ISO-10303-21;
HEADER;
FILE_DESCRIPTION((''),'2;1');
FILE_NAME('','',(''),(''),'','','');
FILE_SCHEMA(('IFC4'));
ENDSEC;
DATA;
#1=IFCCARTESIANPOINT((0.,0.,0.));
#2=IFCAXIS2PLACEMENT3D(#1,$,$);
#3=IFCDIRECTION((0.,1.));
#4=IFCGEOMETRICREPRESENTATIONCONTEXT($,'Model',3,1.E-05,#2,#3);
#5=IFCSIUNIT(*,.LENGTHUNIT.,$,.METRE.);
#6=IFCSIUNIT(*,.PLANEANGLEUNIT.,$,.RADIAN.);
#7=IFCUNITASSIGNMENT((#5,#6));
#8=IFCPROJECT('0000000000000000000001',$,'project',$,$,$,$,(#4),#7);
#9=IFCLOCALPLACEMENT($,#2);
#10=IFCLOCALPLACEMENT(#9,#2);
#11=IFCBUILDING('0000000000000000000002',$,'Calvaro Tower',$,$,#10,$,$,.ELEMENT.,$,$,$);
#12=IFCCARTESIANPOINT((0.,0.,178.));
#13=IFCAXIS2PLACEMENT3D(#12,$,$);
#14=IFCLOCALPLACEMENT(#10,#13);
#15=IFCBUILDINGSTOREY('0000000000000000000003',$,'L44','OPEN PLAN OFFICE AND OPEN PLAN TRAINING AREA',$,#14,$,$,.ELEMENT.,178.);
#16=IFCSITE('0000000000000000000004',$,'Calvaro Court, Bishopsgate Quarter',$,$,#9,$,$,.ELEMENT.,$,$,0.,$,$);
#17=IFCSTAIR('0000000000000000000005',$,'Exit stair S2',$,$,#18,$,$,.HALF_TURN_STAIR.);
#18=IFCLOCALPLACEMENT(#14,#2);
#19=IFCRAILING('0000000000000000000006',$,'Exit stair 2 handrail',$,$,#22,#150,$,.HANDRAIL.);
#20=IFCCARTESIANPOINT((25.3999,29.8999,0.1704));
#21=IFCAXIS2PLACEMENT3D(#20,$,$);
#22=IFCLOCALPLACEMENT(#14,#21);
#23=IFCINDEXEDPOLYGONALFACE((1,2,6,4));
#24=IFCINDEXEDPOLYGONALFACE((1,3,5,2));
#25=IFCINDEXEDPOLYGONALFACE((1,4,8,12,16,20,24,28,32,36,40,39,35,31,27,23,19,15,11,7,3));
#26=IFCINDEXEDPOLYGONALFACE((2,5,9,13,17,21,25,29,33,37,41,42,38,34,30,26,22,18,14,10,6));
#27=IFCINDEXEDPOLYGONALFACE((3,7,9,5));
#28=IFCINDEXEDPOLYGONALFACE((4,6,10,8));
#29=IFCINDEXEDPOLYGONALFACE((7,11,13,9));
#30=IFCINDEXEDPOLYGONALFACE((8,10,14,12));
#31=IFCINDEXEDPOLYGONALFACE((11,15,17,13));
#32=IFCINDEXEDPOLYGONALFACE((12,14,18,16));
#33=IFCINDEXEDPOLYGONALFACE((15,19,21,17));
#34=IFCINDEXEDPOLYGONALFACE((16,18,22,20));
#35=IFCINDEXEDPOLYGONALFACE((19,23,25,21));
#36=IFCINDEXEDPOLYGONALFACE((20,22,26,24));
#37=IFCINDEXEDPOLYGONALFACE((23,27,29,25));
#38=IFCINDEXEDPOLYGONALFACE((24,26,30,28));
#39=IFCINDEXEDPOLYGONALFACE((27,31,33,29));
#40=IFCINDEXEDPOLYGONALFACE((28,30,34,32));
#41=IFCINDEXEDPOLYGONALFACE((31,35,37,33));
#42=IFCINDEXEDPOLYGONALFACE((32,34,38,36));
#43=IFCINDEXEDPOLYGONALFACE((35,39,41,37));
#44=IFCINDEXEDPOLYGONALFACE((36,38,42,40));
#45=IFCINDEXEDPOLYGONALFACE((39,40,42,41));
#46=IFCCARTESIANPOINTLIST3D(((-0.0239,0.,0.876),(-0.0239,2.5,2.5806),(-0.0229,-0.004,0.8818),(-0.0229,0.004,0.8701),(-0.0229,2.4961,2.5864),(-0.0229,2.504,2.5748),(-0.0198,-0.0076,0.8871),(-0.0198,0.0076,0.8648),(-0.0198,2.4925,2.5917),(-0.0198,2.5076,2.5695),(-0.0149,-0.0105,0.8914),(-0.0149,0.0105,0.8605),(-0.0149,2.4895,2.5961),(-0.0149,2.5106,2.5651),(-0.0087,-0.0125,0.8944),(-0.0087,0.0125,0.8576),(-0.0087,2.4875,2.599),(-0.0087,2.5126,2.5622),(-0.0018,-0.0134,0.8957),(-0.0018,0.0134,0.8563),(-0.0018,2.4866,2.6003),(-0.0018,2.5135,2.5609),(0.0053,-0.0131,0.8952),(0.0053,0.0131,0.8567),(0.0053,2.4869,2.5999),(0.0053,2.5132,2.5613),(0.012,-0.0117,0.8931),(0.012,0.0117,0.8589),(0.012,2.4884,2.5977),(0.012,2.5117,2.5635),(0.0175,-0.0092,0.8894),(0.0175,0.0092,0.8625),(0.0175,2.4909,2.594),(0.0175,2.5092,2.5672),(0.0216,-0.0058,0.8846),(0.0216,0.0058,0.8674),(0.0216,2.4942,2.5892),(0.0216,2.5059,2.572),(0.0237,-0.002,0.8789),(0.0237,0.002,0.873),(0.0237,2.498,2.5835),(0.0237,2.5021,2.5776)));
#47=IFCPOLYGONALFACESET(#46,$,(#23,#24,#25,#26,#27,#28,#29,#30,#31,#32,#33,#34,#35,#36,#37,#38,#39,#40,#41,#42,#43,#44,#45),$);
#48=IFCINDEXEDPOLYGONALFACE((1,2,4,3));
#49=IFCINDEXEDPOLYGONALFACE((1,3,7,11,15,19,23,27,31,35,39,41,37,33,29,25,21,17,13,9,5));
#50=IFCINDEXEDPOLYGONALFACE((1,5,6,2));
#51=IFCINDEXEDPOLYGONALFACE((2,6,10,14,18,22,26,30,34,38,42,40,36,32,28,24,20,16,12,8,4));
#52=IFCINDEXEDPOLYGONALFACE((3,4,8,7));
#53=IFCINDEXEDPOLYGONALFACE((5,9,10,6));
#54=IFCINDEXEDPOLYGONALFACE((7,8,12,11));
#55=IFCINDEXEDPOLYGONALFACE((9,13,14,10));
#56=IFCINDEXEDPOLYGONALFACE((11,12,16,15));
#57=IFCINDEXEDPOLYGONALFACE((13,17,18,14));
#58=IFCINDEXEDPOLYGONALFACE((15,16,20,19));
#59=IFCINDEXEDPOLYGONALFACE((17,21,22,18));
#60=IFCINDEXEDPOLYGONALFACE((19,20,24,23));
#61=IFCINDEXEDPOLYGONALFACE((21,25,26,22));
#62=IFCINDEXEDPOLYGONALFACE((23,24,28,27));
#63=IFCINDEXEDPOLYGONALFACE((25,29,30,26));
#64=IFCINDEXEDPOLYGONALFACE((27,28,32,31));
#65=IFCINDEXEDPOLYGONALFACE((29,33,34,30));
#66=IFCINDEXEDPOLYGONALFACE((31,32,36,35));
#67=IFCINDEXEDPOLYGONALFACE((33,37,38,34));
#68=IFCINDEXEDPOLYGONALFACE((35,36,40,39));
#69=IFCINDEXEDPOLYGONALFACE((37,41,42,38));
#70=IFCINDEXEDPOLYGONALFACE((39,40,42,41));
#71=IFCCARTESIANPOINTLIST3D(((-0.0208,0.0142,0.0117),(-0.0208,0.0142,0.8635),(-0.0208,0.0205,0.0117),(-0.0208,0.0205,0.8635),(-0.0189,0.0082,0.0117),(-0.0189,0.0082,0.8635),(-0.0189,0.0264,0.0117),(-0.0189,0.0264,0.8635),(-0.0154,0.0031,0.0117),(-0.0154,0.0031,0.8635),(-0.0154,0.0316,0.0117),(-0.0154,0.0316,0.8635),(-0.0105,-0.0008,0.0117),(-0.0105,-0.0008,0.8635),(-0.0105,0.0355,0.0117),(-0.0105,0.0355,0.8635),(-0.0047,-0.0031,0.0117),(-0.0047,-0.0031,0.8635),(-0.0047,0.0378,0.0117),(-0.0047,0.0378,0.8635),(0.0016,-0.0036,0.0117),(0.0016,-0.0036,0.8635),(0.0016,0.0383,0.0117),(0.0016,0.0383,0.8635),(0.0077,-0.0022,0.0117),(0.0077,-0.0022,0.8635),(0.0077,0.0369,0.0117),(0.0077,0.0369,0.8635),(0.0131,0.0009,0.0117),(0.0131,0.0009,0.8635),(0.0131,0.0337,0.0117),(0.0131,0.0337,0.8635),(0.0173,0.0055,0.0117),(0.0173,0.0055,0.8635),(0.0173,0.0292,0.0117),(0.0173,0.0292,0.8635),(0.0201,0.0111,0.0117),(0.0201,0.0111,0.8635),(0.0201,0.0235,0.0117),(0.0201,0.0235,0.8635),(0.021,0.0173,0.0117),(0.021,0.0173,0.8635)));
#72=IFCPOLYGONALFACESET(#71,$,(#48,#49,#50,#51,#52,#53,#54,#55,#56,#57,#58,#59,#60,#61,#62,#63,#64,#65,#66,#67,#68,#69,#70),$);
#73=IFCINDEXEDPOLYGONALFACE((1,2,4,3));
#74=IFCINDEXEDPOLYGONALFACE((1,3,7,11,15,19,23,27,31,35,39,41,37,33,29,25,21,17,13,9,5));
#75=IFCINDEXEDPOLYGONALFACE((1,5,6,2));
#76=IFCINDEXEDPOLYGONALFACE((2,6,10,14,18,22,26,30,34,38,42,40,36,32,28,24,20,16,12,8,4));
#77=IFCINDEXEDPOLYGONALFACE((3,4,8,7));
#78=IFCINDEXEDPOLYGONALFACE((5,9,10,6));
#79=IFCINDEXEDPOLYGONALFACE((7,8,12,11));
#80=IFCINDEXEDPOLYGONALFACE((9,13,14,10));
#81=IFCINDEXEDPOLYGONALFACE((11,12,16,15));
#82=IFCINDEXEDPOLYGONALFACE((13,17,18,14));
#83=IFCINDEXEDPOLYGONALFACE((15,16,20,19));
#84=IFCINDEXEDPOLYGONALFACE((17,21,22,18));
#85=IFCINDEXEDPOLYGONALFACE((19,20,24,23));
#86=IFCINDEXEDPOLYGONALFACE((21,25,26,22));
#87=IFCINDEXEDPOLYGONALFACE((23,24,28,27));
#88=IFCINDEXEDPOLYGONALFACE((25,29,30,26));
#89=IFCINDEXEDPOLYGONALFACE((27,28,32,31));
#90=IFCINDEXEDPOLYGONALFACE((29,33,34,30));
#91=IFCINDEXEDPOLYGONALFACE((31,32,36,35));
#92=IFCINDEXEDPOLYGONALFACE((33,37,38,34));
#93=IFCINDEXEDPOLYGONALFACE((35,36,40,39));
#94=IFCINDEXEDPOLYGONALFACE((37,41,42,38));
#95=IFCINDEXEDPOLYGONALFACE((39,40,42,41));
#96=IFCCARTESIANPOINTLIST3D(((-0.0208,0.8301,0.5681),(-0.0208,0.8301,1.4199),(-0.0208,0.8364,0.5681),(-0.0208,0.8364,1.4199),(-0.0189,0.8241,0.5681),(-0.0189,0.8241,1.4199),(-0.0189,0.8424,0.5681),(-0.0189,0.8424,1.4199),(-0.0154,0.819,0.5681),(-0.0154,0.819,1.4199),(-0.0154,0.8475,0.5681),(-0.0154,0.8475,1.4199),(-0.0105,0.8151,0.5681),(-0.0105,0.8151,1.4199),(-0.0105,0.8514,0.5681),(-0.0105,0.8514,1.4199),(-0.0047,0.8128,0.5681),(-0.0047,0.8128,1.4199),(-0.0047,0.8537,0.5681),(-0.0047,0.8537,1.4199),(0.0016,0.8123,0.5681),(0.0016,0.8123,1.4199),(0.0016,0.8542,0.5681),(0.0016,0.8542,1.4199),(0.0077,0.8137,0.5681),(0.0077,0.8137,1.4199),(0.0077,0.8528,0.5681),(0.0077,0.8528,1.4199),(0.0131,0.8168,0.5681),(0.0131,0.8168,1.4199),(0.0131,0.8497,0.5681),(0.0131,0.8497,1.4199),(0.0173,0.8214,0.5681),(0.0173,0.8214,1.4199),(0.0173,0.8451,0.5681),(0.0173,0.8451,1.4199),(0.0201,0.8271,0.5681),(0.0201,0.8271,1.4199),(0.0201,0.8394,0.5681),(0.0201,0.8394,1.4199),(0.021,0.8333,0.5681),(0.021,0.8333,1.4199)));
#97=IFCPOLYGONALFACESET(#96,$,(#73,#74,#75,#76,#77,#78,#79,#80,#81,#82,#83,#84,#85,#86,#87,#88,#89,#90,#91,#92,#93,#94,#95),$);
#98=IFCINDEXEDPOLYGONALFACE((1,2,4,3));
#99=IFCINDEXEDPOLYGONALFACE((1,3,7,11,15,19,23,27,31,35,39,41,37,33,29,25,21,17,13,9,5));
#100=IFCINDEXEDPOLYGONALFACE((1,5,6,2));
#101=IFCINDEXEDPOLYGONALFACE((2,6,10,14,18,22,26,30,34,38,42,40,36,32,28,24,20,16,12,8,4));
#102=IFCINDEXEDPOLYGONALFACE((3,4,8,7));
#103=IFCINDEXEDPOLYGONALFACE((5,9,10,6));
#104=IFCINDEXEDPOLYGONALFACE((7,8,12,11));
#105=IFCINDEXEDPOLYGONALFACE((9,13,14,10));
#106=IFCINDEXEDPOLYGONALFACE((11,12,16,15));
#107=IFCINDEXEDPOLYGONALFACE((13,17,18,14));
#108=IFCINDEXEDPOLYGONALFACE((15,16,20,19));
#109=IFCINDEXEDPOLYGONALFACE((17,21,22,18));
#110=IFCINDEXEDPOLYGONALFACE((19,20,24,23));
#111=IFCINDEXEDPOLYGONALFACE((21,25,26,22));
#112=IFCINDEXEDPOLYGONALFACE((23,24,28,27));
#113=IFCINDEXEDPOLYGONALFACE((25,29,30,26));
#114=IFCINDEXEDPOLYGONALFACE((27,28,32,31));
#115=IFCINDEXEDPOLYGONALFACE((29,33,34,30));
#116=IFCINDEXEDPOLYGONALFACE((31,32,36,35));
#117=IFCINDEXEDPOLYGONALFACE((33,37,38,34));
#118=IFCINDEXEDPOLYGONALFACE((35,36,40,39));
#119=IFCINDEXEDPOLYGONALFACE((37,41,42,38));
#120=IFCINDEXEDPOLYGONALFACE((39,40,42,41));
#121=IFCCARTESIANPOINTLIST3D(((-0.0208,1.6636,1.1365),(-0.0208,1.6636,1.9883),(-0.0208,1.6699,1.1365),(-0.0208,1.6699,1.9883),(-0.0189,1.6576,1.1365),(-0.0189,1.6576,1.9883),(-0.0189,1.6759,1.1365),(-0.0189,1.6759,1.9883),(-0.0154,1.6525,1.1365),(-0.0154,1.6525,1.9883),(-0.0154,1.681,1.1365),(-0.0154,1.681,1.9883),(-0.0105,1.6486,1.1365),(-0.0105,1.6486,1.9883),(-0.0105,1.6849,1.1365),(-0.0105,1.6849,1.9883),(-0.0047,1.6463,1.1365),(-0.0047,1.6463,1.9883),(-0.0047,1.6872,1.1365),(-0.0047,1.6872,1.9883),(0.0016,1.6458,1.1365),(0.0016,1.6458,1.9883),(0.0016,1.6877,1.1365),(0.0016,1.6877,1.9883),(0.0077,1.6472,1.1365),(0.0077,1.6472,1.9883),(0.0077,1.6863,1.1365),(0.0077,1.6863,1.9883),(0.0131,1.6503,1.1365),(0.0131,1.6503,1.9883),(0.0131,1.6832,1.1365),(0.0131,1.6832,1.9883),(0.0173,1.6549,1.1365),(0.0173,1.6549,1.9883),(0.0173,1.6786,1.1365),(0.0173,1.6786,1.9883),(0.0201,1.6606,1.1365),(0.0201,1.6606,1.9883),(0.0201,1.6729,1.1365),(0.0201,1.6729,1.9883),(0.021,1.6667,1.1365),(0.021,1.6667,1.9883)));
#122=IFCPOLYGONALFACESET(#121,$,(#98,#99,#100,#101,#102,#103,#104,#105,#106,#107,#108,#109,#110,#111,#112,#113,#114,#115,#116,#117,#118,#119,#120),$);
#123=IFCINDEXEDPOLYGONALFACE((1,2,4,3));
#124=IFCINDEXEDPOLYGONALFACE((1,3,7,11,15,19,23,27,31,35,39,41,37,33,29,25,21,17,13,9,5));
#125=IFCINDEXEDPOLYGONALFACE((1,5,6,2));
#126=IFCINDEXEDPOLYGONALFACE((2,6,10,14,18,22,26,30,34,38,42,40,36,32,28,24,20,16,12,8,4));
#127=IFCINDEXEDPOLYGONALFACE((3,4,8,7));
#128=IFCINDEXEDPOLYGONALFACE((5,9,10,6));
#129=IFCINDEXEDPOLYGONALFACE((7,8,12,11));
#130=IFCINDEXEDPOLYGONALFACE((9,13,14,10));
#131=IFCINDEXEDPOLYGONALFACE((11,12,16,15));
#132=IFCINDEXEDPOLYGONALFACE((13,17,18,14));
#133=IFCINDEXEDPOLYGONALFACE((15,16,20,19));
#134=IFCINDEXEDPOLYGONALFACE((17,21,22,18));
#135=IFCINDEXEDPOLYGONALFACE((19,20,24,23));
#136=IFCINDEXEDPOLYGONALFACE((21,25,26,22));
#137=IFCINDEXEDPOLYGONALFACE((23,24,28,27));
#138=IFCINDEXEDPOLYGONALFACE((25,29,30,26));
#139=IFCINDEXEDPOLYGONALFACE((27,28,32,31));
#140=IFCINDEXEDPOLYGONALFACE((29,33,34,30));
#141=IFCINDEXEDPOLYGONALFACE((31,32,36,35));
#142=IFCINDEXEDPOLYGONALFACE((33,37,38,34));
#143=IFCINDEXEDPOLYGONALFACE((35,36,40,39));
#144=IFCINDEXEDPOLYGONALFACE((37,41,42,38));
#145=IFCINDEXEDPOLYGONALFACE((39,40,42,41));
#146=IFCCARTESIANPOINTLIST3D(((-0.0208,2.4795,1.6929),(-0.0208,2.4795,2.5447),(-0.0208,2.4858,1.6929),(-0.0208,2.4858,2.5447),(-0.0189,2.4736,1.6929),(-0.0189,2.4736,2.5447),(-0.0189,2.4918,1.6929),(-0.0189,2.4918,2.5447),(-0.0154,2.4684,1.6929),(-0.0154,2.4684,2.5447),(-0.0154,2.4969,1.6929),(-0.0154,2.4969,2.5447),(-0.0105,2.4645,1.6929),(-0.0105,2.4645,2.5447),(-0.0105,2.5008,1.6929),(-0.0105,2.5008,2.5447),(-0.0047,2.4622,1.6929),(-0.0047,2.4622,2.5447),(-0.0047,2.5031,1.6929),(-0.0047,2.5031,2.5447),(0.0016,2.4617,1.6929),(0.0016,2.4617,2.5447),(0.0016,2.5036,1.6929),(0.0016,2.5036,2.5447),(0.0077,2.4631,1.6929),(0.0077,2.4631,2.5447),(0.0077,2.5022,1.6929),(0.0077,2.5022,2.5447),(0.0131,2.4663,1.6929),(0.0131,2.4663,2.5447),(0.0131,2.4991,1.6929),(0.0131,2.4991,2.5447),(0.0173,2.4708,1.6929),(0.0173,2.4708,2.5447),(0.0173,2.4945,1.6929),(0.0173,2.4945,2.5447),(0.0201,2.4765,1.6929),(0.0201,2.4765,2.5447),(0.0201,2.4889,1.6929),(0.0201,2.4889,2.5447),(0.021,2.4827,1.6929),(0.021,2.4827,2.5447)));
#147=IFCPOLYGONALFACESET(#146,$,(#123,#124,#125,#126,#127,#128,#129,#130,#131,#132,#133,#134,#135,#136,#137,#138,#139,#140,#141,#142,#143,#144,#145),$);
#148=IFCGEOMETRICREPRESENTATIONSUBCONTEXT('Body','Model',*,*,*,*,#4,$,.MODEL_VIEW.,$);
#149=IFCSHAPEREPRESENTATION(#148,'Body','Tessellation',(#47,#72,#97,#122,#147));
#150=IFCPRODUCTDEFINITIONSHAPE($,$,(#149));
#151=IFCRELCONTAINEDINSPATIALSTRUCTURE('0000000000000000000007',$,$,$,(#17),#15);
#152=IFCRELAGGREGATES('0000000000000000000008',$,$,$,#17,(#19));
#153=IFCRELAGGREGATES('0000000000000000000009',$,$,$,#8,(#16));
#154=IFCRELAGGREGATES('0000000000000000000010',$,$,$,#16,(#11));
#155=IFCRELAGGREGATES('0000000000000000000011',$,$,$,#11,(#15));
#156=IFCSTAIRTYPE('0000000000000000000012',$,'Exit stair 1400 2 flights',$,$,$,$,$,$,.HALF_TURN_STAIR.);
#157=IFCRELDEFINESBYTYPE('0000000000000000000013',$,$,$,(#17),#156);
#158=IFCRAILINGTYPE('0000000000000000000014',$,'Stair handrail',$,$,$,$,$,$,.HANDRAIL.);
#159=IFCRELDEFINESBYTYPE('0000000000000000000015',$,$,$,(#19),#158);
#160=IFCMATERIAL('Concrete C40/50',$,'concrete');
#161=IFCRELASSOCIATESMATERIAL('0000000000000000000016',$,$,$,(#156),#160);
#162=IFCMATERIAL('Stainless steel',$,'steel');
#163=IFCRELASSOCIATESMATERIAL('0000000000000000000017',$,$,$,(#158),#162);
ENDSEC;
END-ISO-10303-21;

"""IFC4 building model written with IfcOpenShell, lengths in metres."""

from ifc_helpers import new_model, si_unit, direction, frame, origin, origin_2d, place, context, subcontext, project, spatial, circle, extrude, material, type_object, element, aggregate, save


model = new_model("IFC4")

# Units and contexts
model_context = context("Model", 3, precision=1e-05, world=origin(), true_north=direction((0.0, 1.0)))
body_context = subcontext(model_context, "Body", "Model", "MODEL_VIEW")
ifc_project = project(units=[si_unit("LENGTHUNIT", "METRE"), si_unit("PLANEANGLEUNIT", "RADIAN")], contexts=[model_context])

# Site, building, storey
site_placement = place(None, origin())
site = spatial("IfcSite", under=ifc_project, at=site_placement, Name="Calvaro Court, Bishopsgate Quarter", CompositionType="ELEMENT", RefElevation=0.0)
building_placement = place(site_placement, origin())
building = spatial("IfcBuilding", under=site, at=building_placement, Name="Calvaro Tower", CompositionType="ELEMENT")
storey_placement = place(building_placement, frame((0.0, 0.0, 178.0)))
storey = spatial("IfcBuildingStorey", under=building, at=storey_placement, Name="L44", Description="OPEN PLAN OFFICE AND OPEN PLAN TRAINING AREA", CompositionType="ELEMENT", Elevation=178.0)

# Shared definitions
ifc_material_1 = material(Name="Concrete C40/50", Category="concrete")
stair_type = type_object("IfcStairType", Name="Exit stair 1400 2 flights", PredefinedType="HALF_TURN_STAIR", material=ifc_material_1)
ifc_material_2 = material(Name="Stainless steel", Category="steel")
railing_type = type_object("IfcRailingType", Name="Stair handrail", PredefinedType="HANDRAIL", material=ifc_material_2)

# Stair, railing
stair_1_placement = place(storey_placement, origin())
stair_1 = element("IfcStair", 1, at=stair_1_placement, inside=storey, type_object=stair_type, Name="Exit stair S2", PredefinedType="HALF_TURN_STAIR")
railing_1_placement = place(storey_placement, frame((25.3999, 29.8999, 0.1704)))
railing_1 = element("IfcRailing", 2, at=railing_1_placement, type_object=railing_type, Name="Exit stair 2 handrail", PredefinedType="HANDRAIL", context=body_context, shape_type="SweptSolid", body=[
    extrude(circle(Radius=0.0239, at=origin_2d()), frame((0.0, 0.0, 0.876), z_axis=(0.0, 0.826221, 0.563347), x_axis=(-1.0, 0.0, 0.0)), (0.0, 0.0, 1.0), 3.0259),
    extrude(circle(Radius=0.021, at=origin_2d()), frame((0.0, 0.0173, 0.0117)), (0.0, 0.0, 1.0), 0.8518),
    extrude(circle(Radius=0.021, at=origin_2d()), frame((0.0, 0.8333, 0.5681)), (0.0, 0.0, 1.0), 0.8518),
    extrude(circle(Radius=0.021, at=origin_2d()), frame((0.0, 1.6667, 1.1365)), (0.0, 0.0, 1.0), 0.8518),
    extrude(circle(Radius=0.021, at=origin_2d()), frame((0.0, 2.4827, 1.6929)), (0.0, 0.0, 1.0), 0.8518),
])
aggregate(stair_1, [railing_1])

save(model, "model.ifc")
